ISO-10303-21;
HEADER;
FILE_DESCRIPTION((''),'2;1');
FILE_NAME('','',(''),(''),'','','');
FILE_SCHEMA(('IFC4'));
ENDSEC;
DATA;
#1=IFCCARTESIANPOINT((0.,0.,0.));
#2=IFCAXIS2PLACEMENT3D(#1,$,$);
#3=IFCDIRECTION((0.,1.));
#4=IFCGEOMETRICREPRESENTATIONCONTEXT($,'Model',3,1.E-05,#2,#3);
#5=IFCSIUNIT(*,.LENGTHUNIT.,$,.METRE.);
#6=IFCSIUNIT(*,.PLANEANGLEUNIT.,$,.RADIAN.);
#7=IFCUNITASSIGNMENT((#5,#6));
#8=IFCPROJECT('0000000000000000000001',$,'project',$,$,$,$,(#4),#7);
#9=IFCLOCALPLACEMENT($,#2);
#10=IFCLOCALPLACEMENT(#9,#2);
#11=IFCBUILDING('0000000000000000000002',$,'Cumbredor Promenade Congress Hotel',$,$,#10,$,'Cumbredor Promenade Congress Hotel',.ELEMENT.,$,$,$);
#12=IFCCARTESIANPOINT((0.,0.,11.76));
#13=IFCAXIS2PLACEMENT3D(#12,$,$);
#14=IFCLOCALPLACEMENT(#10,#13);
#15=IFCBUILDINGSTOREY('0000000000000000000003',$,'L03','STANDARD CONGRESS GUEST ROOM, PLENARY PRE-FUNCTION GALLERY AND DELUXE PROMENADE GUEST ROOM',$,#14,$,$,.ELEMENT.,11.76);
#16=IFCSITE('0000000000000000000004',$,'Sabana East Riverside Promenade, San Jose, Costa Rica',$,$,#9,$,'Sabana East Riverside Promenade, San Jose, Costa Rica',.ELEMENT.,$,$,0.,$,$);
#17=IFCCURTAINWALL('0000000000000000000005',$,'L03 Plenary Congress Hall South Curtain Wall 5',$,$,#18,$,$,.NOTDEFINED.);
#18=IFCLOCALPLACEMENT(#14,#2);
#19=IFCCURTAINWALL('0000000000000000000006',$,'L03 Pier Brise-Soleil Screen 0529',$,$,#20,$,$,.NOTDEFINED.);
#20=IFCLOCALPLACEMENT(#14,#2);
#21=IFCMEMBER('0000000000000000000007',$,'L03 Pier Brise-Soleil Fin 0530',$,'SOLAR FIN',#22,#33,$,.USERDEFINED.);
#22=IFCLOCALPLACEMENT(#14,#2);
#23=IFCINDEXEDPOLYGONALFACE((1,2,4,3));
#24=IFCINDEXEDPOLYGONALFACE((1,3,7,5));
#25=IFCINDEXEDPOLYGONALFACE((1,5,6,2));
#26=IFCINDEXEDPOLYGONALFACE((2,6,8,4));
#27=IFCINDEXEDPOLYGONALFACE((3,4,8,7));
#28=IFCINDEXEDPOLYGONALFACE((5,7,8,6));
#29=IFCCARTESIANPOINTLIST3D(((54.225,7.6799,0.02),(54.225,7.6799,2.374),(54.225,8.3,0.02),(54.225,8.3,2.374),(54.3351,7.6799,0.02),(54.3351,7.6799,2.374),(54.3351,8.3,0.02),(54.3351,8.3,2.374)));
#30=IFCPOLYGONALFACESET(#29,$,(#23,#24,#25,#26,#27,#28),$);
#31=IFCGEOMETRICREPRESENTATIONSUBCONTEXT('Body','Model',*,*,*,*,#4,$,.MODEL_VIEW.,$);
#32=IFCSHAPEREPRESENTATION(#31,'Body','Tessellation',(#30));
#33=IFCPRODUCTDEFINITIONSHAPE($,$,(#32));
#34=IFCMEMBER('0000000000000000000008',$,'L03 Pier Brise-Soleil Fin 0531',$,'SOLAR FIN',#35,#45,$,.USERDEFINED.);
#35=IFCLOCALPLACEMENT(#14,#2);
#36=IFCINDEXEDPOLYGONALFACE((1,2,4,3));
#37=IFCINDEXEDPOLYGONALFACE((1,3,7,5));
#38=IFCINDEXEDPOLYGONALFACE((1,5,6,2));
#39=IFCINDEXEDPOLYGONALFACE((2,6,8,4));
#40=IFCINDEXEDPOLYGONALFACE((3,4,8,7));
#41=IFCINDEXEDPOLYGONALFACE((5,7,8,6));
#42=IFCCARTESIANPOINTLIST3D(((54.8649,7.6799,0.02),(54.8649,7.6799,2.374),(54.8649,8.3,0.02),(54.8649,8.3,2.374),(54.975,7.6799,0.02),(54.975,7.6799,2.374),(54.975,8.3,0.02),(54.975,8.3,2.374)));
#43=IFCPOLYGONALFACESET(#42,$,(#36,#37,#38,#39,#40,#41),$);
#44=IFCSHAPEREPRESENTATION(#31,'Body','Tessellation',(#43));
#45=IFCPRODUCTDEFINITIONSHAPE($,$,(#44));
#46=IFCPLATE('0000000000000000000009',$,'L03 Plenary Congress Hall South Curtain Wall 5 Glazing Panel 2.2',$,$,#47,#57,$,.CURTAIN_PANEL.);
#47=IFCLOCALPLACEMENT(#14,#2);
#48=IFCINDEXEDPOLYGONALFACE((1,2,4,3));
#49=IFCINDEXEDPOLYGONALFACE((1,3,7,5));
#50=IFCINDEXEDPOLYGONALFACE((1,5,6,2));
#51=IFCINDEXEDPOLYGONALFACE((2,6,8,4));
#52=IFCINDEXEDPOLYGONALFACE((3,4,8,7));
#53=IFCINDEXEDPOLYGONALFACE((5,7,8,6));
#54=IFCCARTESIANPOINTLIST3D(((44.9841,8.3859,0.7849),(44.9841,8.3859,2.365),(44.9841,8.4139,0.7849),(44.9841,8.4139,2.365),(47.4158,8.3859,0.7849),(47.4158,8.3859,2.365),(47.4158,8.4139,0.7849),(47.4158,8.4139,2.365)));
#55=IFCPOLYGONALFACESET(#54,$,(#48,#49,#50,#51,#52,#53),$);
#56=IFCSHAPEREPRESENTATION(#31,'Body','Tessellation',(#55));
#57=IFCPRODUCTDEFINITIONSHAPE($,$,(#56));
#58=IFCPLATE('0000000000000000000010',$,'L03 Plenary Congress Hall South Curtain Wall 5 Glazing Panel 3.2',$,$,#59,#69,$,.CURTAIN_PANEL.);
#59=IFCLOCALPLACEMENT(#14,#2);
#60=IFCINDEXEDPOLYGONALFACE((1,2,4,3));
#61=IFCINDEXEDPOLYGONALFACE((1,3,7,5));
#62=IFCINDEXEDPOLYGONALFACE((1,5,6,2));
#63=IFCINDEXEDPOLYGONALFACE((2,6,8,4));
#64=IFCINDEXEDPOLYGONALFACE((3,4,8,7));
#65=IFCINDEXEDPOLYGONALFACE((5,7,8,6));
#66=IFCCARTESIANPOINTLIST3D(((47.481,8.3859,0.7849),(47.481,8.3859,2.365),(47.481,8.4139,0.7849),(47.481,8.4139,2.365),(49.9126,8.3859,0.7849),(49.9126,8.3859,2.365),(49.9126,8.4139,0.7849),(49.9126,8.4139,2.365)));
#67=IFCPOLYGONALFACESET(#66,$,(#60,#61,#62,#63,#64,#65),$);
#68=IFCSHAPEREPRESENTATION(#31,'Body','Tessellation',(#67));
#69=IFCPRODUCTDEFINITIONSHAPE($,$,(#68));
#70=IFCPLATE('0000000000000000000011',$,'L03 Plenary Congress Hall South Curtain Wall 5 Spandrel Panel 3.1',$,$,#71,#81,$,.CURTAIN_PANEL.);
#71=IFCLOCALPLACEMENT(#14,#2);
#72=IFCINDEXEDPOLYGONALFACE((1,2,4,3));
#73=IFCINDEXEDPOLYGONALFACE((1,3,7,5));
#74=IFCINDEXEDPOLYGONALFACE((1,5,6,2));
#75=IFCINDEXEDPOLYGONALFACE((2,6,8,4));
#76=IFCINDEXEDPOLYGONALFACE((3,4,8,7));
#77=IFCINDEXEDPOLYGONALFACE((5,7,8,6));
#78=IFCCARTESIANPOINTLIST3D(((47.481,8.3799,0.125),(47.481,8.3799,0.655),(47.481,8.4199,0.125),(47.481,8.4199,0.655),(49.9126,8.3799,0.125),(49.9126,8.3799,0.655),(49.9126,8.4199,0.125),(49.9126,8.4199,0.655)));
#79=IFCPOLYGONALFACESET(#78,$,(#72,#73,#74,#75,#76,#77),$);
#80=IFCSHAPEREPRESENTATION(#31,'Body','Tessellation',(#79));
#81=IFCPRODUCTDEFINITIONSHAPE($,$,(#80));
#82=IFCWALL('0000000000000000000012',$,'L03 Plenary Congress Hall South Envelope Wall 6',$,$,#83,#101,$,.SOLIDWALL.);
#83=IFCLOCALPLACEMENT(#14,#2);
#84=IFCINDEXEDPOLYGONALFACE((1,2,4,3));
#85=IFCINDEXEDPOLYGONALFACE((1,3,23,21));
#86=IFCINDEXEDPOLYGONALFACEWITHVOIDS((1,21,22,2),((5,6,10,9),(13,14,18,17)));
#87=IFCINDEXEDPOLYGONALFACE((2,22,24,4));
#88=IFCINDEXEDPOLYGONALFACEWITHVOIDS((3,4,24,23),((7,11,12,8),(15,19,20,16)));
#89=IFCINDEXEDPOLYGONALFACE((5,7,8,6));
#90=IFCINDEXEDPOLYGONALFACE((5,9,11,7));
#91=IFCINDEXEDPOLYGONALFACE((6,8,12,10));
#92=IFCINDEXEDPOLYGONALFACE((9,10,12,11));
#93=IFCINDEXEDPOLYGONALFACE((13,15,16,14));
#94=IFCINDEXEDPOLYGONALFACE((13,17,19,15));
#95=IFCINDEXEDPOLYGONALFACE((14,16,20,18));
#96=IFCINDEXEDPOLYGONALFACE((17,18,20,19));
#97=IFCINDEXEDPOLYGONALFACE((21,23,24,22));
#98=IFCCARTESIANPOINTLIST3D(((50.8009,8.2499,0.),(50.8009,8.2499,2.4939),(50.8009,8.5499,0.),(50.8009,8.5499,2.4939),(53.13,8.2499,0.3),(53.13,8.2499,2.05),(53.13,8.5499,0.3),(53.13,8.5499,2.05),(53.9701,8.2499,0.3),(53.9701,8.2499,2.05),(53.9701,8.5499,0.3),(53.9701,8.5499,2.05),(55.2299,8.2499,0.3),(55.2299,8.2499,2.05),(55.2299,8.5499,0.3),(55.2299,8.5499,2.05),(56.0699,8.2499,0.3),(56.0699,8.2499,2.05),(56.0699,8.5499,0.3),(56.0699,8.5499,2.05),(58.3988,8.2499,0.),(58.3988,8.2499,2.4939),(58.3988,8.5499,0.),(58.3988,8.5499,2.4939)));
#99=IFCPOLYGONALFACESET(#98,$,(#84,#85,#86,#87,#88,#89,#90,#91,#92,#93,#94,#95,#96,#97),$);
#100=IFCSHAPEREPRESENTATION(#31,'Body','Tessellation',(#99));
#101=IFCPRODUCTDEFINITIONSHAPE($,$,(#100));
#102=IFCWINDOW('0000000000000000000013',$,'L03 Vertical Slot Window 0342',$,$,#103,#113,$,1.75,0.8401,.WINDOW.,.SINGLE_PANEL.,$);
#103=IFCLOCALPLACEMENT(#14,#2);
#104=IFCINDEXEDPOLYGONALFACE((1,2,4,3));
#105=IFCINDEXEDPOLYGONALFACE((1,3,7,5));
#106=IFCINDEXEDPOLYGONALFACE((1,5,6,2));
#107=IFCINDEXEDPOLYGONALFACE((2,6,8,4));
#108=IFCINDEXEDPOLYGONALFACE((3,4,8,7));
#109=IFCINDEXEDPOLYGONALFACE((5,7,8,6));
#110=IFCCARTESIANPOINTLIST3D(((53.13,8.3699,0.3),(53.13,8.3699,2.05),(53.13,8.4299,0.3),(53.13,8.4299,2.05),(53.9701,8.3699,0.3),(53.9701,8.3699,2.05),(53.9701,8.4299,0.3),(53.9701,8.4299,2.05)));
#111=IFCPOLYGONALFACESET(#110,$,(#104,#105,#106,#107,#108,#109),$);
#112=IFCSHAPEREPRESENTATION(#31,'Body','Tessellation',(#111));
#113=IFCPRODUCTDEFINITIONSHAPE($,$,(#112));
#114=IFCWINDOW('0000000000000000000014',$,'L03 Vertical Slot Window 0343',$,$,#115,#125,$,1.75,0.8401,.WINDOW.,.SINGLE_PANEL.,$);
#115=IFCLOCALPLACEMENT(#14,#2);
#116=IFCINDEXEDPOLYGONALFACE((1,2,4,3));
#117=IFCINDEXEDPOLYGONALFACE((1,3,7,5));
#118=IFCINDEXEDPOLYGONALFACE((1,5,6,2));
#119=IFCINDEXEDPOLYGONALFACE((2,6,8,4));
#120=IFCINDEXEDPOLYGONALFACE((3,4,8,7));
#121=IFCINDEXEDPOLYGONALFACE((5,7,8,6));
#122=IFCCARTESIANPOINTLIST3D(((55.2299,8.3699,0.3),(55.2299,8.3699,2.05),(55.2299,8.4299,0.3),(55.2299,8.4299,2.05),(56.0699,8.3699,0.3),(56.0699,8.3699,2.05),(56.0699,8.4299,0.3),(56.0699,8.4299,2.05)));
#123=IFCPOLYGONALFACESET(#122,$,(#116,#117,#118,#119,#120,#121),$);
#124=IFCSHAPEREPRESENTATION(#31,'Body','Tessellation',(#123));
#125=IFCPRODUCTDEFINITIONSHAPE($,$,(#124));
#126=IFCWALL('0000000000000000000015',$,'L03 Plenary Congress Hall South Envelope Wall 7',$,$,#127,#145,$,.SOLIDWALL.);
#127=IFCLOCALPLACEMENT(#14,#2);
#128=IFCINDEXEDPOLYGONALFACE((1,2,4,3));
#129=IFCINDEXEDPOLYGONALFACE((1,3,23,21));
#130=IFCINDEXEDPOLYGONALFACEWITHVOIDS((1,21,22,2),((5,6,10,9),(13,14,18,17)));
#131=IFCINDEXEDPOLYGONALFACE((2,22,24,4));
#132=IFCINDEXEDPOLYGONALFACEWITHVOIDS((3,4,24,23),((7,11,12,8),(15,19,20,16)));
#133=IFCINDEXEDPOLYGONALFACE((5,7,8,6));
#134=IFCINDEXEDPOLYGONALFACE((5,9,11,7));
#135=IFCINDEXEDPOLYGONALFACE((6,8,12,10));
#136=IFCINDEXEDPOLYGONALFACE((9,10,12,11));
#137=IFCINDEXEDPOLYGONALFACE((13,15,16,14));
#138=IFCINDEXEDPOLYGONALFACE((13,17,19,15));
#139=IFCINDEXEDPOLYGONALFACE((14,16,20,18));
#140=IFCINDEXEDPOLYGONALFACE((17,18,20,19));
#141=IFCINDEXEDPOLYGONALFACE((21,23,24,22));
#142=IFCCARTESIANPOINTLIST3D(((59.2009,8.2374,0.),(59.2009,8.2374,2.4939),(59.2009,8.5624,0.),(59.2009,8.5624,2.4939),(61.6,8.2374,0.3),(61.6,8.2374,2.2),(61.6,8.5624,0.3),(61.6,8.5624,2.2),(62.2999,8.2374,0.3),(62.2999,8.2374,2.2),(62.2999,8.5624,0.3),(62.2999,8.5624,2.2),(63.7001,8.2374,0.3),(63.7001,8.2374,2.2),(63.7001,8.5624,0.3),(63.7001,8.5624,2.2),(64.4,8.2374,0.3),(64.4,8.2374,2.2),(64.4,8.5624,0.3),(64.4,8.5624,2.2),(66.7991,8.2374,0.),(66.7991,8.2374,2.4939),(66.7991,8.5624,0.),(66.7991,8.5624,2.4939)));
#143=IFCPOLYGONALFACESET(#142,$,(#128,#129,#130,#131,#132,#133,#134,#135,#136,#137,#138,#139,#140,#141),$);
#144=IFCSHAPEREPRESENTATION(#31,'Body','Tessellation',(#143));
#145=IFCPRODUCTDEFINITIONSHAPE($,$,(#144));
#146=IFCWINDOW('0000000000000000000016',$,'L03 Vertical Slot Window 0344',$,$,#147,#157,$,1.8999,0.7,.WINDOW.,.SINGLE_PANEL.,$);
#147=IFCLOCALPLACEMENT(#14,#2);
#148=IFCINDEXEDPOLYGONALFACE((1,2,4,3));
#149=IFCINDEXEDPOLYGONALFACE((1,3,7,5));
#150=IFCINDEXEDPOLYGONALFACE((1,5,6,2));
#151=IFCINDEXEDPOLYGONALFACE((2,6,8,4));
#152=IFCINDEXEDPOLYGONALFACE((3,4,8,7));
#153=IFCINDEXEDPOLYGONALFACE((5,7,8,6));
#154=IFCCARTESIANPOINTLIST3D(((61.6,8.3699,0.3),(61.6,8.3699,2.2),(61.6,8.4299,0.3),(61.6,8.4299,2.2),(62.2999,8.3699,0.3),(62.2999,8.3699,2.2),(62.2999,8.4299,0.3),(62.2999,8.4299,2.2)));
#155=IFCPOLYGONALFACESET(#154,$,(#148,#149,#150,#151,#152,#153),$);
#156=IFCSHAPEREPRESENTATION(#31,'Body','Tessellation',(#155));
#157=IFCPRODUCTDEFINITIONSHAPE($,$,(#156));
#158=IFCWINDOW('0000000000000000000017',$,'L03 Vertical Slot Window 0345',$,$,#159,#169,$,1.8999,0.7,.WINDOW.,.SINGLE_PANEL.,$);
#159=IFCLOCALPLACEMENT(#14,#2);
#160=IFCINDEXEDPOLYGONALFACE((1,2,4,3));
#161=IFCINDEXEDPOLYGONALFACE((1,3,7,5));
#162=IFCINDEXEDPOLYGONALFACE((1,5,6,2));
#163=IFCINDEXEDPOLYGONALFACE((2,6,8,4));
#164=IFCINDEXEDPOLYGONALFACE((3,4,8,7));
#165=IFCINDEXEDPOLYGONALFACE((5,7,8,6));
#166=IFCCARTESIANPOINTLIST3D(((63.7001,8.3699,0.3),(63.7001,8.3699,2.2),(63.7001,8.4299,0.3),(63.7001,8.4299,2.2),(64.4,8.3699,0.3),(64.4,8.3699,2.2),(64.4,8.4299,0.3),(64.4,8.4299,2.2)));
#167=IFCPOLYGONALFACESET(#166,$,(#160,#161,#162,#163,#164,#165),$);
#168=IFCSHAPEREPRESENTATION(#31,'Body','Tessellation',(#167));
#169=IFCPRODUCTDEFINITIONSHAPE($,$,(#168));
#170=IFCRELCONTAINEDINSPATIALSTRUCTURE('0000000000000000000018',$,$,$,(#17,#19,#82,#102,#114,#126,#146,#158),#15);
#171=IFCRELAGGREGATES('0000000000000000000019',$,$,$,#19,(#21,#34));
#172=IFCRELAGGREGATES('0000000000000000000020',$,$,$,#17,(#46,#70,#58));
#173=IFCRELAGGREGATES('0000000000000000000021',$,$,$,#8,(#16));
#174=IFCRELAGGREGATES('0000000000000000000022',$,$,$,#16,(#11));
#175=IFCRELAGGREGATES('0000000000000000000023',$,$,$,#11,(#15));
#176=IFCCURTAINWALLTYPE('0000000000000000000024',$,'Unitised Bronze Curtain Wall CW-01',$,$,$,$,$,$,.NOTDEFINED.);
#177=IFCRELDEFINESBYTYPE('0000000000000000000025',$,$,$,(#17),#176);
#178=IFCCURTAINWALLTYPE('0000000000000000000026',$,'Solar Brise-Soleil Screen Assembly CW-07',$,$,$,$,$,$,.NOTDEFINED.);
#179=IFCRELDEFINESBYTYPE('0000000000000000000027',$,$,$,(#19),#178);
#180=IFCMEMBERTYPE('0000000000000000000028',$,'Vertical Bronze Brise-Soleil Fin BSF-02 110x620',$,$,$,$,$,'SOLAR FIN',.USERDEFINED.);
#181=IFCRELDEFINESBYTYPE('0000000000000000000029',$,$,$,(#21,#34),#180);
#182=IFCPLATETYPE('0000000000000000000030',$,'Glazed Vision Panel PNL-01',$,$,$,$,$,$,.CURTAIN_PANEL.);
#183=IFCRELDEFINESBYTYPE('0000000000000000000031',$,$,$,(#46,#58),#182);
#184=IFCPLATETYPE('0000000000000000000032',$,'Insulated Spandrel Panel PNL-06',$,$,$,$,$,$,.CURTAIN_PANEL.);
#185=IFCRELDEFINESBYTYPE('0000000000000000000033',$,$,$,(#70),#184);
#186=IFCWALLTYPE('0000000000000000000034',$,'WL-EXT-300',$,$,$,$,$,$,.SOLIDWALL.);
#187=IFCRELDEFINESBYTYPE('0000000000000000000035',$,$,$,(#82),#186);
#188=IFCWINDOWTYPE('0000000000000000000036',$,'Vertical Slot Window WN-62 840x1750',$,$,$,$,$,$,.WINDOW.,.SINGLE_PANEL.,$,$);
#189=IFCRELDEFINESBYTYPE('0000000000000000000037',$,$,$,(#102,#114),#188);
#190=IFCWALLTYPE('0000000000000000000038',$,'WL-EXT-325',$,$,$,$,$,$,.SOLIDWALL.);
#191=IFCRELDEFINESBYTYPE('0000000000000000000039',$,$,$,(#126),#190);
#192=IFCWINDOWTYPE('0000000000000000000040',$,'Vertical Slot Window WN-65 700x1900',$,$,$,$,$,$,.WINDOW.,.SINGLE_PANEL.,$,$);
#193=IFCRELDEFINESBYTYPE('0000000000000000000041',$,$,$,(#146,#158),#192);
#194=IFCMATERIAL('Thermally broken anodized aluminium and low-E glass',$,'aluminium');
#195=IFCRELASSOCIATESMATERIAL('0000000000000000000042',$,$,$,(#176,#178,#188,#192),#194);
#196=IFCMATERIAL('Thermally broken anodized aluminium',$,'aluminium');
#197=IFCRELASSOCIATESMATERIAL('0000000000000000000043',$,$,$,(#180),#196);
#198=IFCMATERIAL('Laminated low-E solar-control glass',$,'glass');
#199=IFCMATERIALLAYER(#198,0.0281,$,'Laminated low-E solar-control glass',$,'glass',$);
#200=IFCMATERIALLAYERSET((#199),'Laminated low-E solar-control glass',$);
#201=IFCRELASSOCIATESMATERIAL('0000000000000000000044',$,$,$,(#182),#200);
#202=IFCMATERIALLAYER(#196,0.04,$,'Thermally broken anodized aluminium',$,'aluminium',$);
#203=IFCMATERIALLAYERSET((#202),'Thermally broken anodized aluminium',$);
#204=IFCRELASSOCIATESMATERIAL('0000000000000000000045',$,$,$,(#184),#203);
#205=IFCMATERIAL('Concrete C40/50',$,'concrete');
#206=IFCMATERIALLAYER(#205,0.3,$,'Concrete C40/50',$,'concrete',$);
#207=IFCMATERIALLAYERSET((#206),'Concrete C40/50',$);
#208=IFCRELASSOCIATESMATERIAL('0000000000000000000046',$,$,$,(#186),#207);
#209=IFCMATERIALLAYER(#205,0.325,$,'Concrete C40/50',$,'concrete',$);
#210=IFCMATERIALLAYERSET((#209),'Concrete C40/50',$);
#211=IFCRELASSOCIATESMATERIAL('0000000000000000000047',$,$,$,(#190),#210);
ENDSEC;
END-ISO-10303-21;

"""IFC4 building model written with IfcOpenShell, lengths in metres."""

from ifc_helpers import new_model, si_unit, direction, frame, frame_2d, origin, origin_2d, place, context, subcontext, project, spatial, rectangle, extrude, material, layer, layer_set, material_profile, profile_set, type_object, element, fill, aggregate, save


model = new_model("IFC4")

# Units and contexts
model_context = context("Model", 3, precision=1e-05, world=origin(), true_north=direction((0.0, 1.0)))
body_context = subcontext(model_context, "Body", "Model", "MODEL_VIEW")
ifc_project = project(units=[si_unit("LENGTHUNIT", "METRE"), si_unit("PLANEANGLEUNIT", "RADIAN")], contexts=[model_context])

# Site, building, storey
site_placement = place(None, origin())
site = spatial("IfcSite", under=ifc_project, at=site_placement, Name="Sabana East Riverside Promenade, San Jose, Costa Rica", LongName="Sabana East Riverside Promenade, San Jose, Costa Rica", CompositionType="ELEMENT", RefElevation=0.0)
building_placement = place(site_placement, origin())
building = spatial("IfcBuilding", under=site, at=building_placement, Name="Cumbredor Promenade Congress Hotel", LongName="Cumbredor Promenade Congress Hotel", CompositionType="ELEMENT")
storey_placement = place(building_placement, frame((0.0, 0.0, 11.76)))
storey = spatial("IfcBuildingStorey", under=building, at=storey_placement, Name="L03", Description="STANDARD CONGRESS GUEST ROOM, PLENARY PRE-FUNCTION GALLERY AND DELUXE PROMENADE GUEST ROOM", CompositionType="ELEMENT", Elevation=11.76)

# Shared definitions
ifc_material_1 = material(Name="Concrete C40/50", Category="concrete")

# Curtain wall
ifc_material_2 = material(Name="Thermally broken anodized aluminium and low-E glass", Category="aluminium")
curtain_wall_type_1 = type_object("IfcCurtainWallType", Name="Unitised Bronze Curtain Wall CW-01", PredefinedType="NOTDEFINED", material=ifc_material_2)
curtain_wall_1_placement = place(storey_placement, origin())
curtain_wall_1 = element("IfcCurtainWall", 1, at=curtain_wall_1_placement, inside=storey, type_object=curtain_wall_type_1, Name="L03 Plenary Congress Hall South Curtain Wall 5", PredefinedType="NOTDEFINED")
ifc_material_3 = material(Name="Thermally broken anodized aluminium", Category="aluminium")

# Curtain wall
curtain_wall_type_2 = type_object("IfcCurtainWallType", Name="Solar Brise-Soleil Screen Assembly CW-07", PredefinedType="NOTDEFINED", material=ifc_material_2)
curtain_wall_2_placement = place(storey_placement, origin())
curtain_wall_2 = element("IfcCurtainWall", 2, at=curtain_wall_2_placement, inside=storey, type_object=curtain_wall_type_2, Name="L03 Pier Brise-Soleil Screen 0529", PredefinedType="NOTDEFINED")

# Members
ifc_material_profile_1 = material_profile(ifc_material_3, rectangle(XDim=0.1101, YDim=0.6201, at=origin_2d()), Name="ARCH FIN 110x620")
ifc_profile_set_1 = profile_set([ifc_material_profile_1], Name="Thermally broken anodized aluminium")
member_type_1 = type_object("IfcMemberType", Name="Vertical Bronze Brise-Soleil Fin BSF-02 110x620", ElementType="SOLAR FIN", PredefinedType="USERDEFINED", material=ifc_profile_set_1)
member_1_placement = place(storey_placement, frame((54.28, 7.99, 0.02), z_axis=(0.0, 0.0, 1.0), x_axis=(1.0, 0.0, 0.0)))
member_1 = element("IfcMember", 3, at=member_1_placement, type_object=member_type_1, Name="L03 Pier Brise-Soleil Fin 0530", ObjectType="SOLAR FIN", PredefinedType="USERDEFINED", context=body_context, shape_type="SweptSolid", body=[
    extrude(rectangle(XDim=0.1101, YDim=0.6201, at=origin_2d()), origin(), (0.0, 0.0, 1.0), 2.354),
])
member_2_placement = place(storey_placement, frame((54.9199, 7.99, 0.02), z_axis=(0.0, 0.0, 1.0), x_axis=(1.0, 0.0, 0.0)))
member_2 = element("IfcMember", 4, at=member_2_placement, type_object=member_type_1, Name="L03 Pier Brise-Soleil Fin 0531", ObjectType="SOLAR FIN", PredefinedType="USERDEFINED", context=body_context, shape_type="SweptSolid", body=[
    extrude(rectangle(XDim=0.1101, YDim=0.6201, at=origin_2d()), origin(), (0.0, 0.0, 1.0), 2.354),
])
aggregate(curtain_wall_2, [member_1, member_2])

# Plates
ifc_material_4 = material(Name="Laminated low-E solar-control glass", Category="glass")
ifc_layer_1 = layer(ifc_material_4, 0.0281, Name="Laminated low-E solar-control glass", Category="glass")
ifc_layer_set_1 = layer_set([ifc_layer_1], Name="Laminated low-E solar-control glass")
plate_type_1 = type_object("IfcPlateType", Name="Glazed Vision Panel PNL-01", PredefinedType="CURTAIN_PANEL", material=ifc_layer_set_1)
plate_1_placement = place(storey_placement, frame((46.2, 8.3999, 0.7849), z_axis=(0.0, 0.0, 1.0), x_axis=(1.0, 0.0, 0.0)))
plate_1 = element("IfcPlate", 5, at=plate_1_placement, type_object=plate_type_1, Name="L03 Plenary Congress Hall South Curtain Wall 5 Glazing Panel 2.2", PredefinedType="CURTAIN_PANEL", context=body_context, shape_type="SweptSolid", body=[
    extrude(rectangle(XDim=2.4316, YDim=0.0281, at=origin_2d()), origin(), (0.0, 0.0, 1.0), 1.5801),
])
plate_2_placement = place(storey_placement, frame((48.6968, 8.3999, 0.7849), z_axis=(0.0, 0.0, 1.0), x_axis=(1.0, 0.0, 0.0)))
plate_2 = element("IfcPlate", 6, at=plate_2_placement, type_object=plate_type_1, Name="L03 Plenary Congress Hall South Curtain Wall 5 Glazing Panel 3.2", PredefinedType="CURTAIN_PANEL", context=body_context, shape_type="SweptSolid", body=[
    extrude(rectangle(XDim=2.4316, YDim=0.0281, at=origin_2d()), origin(), (0.0, 0.0, 1.0), 1.5801),
])
ifc_layer_2 = layer(ifc_material_3, 0.04, Name="Thermally broken anodized aluminium", Category="aluminium")
ifc_layer_set_2 = layer_set([ifc_layer_2], Name="Thermally broken anodized aluminium")
plate_type_2 = type_object("IfcPlateType", Name="Insulated Spandrel Panel PNL-06", PredefinedType="CURTAIN_PANEL", material=ifc_layer_set_2)
plate_3_placement = place(storey_placement, frame((48.6968, 8.3999, 0.125), z_axis=(0.0, 0.0, 1.0), x_axis=(1.0, 0.0, 0.0)))
plate_3 = element("IfcPlate", 7, at=plate_3_placement, type_object=plate_type_2, Name="L03 Plenary Congress Hall South Curtain Wall 5 Spandrel Panel 3.1", PredefinedType="CURTAIN_PANEL", context=body_context, shape_type="SweptSolid", body=[
    extrude(rectangle(XDim=2.4316, YDim=0.04, at=origin_2d()), origin(), (0.0, 0.0, 1.0), 0.53),
])
aggregate(curtain_wall_1, [plate_1, plate_3, plate_2])

# Walls, openings, windows
ifc_layer_3 = layer(ifc_material_1, 0.3, Name="Concrete C40/50", Category="concrete")
ifc_layer_set_3 = layer_set([ifc_layer_3], Name="Concrete C40/50")
wall_type_1 = type_object("IfcWallType", Name="WL-EXT-300", PredefinedType="SOLIDWALL", material=ifc_layer_set_3)
wall_1_placement = place(storey_placement, frame((50.801, 8.3999, 0.0), z_axis=(0.0, 0.0, 1.0), x_axis=(1.0, 0.0, 0.0)))
wall_1 = element("IfcWall", 8, at=wall_1_placement, inside=storey, type_object=wall_type_1, Name="L03 Plenary Congress Hall South Envelope Wall 6", PredefinedType="SOLIDWALL", context=body_context, shape_type="SweptSolid", body=[
    extrude(rectangle(XDim=7.5979, YDim=0.3, at=frame_2d((3.7988, 0.0))), origin(), (0.0, 0.0, 1.0), 2.4939),
])
opening_1_placement = place(wall_1_placement, frame((2.3291, 0.0, 0.3)))
opening_1 = element("IfcOpeningElement", 9, at=opening_1_placement, cuts=wall_1, PredefinedType="OPENING", context=body_context, shape_type="SweptSolid", body=[
    extrude(rectangle(XDim=0.8401, YDim=1.75, at=frame_2d((0.4199, 0.875))), frame((0.0, 0.1602, 0.0), z_axis=(0.0, -1.0, 0.0), x_axis=(1.0, 0.0, 0.0)), (0.0, 0.0, 1.0), 0.3201),
])
opening_2_placement = place(wall_1_placement, frame((4.429, 0.0, 0.3)))
opening_2 = element("IfcOpeningElement", 10, at=opening_2_placement, cuts=wall_1, PredefinedType="OPENING", context=body_context, shape_type="SweptSolid", body=[
    extrude(rectangle(XDim=0.8401, YDim=1.75, at=frame_2d((0.4199, 0.875))), frame((0.0, 0.1602, 0.0), z_axis=(0.0, -1.0, 0.0), x_axis=(1.0, 0.0, 0.0)), (0.0, 0.0, 1.0), 0.3201),
])
window_type_1 = type_object("IfcWindowType", Name="Vertical Slot Window WN-62 840x1750", PartitioningType="SINGLE_PANEL", PredefinedType="WINDOW", material=ifc_material_2)
window_1_placement = place(opening_1_placement, origin())
window_1 = element("IfcWindow", 11, at=window_1_placement, inside=storey, type_object=window_type_1, Name="L03 Vertical Slot Window 0342", OverallHeight=1.75, OverallWidth=0.8401, PartitioningType="SINGLE_PANEL", PredefinedType="WINDOW", context=body_context, shape_type="SweptSolid", body=[
    extrude(rectangle(XDim=0.8401, YDim=1.75, at=frame_2d((0.4199, 0.875))), frame((0.0, 0.03, 0.0), z_axis=(0.0, -1.0, 0.0), x_axis=(1.0, 0.0, 0.0)), (0.0, 0.0, 1.0), 0.0601),
])
fill(opening_1, window_1)
window_2_placement = place(opening_2_placement, origin())
window_2 = element("IfcWindow", 12, at=window_2_placement, inside=storey, type_object=window_type_1, Name="L03 Vertical Slot Window 0343", OverallHeight=1.75, OverallWidth=0.8401, PartitioningType="SINGLE_PANEL", PredefinedType="WINDOW", context=body_context, shape_type="SweptSolid", body=[
    extrude(rectangle(XDim=0.8401, YDim=1.75, at=frame_2d((0.4199, 0.875))), frame((0.0, 0.03, 0.0), z_axis=(0.0, -1.0, 0.0), x_axis=(1.0, 0.0, 0.0)), (0.0, 0.0, 1.0), 0.0601),
])
fill(opening_2, window_2)
ifc_layer_4 = layer(ifc_material_1, 0.325, Name="Concrete C40/50", Category="concrete")
ifc_layer_set_4 = layer_set([ifc_layer_4], Name="Concrete C40/50")
wall_type_2 = type_object("IfcWallType", Name="WL-EXT-325", PredefinedType="SOLIDWALL", material=ifc_layer_set_4)
wall_2_placement = place(storey_placement, frame((59.2009, 8.3999, 0.0), z_axis=(0.0, 0.0, 1.0), x_axis=(1.0, 0.0, 0.0)))
wall_2 = element("IfcWall", 13, at=wall_2_placement, inside=storey, type_object=wall_type_2, Name="L03 Plenary Congress Hall South Envelope Wall 7", PredefinedType="SOLIDWALL", context=body_context, shape_type="SweptSolid", body=[
    extrude(rectangle(XDim=7.5981, YDim=0.325, at=frame_2d((3.7991, 0.0))), origin(), (0.0, 0.0, 1.0), 2.4939),
])
opening_3_placement = place(wall_2_placement, frame((2.3989, 0.0, 0.3)))
opening_3 = element("IfcOpeningElement", 14, at=opening_3_placement, cuts=wall_2, PredefinedType="OPENING", context=body_context, shape_type="SweptSolid", body=[
    extrude(rectangle(XDim=0.7, YDim=1.8999, at=frame_2d((0.3501, 0.95))), frame((0.0, 0.1724, 0.0), z_axis=(0.0, -1.0, 0.0), x_axis=(1.0, 0.0, 0.0)), (0.0, 0.0, 1.0), 0.345),
])
opening_4_placement = place(wall_2_placement, frame((4.499, 0.0, 0.3)))
opening_4 = element("IfcOpeningElement", 15, at=opening_4_placement, cuts=wall_2, PredefinedType="OPENING", context=body_context, shape_type="SweptSolid", body=[
    extrude(rectangle(XDim=0.7, YDim=1.8999, at=frame_2d((0.3501, 0.95))), frame((0.0, 0.1724, 0.0), z_axis=(0.0, -1.0, 0.0), x_axis=(1.0, 0.0, 0.0)), (0.0, 0.0, 1.0), 0.345),
])
window_type_2 = type_object("IfcWindowType", Name="Vertical Slot Window WN-65 700x1900", PartitioningType="SINGLE_PANEL", PredefinedType="WINDOW", material=ifc_material_2)
window_3_placement = place(opening_3_placement, origin())
window_3 = element("IfcWindow", 16, at=window_3_placement, inside=storey, type_object=window_type_2, Name="L03 Vertical Slot Window 0344", OverallHeight=1.8999, OverallWidth=0.7, PartitioningType="SINGLE_PANEL", PredefinedType="WINDOW", context=body_context, shape_type="SweptSolid", body=[
    extrude(rectangle(XDim=0.7, YDim=1.8999, at=frame_2d((0.3501, 0.95))), frame((0.0, 0.03, 0.0), z_axis=(0.0, -1.0, 0.0), x_axis=(1.0, 0.0, 0.0)), (0.0, 0.0, 1.0), 0.0601),
])
fill(opening_3, window_3)
window_4_placement = place(opening_4_placement, origin())
window_4 = element("IfcWindow", 17, at=window_4_placement, inside=storey, type_object=window_type_2, Name="L03 Vertical Slot Window 0345", OverallHeight=1.8999, OverallWidth=0.7, PartitioningType="SINGLE_PANEL", PredefinedType="WINDOW", context=body_context, shape_type="SweptSolid", body=[
    extrude(rectangle(XDim=0.7, YDim=1.8999, at=frame_2d((0.3501, 0.95))), frame((0.0, 0.03, 0.0), z_axis=(0.0, -1.0, 0.0), x_axis=(1.0, 0.0, 0.0)), (0.0, 0.0, 1.0), 0.0601),
])
fill(opening_4, window_4)

save(model, "model.ifc")
